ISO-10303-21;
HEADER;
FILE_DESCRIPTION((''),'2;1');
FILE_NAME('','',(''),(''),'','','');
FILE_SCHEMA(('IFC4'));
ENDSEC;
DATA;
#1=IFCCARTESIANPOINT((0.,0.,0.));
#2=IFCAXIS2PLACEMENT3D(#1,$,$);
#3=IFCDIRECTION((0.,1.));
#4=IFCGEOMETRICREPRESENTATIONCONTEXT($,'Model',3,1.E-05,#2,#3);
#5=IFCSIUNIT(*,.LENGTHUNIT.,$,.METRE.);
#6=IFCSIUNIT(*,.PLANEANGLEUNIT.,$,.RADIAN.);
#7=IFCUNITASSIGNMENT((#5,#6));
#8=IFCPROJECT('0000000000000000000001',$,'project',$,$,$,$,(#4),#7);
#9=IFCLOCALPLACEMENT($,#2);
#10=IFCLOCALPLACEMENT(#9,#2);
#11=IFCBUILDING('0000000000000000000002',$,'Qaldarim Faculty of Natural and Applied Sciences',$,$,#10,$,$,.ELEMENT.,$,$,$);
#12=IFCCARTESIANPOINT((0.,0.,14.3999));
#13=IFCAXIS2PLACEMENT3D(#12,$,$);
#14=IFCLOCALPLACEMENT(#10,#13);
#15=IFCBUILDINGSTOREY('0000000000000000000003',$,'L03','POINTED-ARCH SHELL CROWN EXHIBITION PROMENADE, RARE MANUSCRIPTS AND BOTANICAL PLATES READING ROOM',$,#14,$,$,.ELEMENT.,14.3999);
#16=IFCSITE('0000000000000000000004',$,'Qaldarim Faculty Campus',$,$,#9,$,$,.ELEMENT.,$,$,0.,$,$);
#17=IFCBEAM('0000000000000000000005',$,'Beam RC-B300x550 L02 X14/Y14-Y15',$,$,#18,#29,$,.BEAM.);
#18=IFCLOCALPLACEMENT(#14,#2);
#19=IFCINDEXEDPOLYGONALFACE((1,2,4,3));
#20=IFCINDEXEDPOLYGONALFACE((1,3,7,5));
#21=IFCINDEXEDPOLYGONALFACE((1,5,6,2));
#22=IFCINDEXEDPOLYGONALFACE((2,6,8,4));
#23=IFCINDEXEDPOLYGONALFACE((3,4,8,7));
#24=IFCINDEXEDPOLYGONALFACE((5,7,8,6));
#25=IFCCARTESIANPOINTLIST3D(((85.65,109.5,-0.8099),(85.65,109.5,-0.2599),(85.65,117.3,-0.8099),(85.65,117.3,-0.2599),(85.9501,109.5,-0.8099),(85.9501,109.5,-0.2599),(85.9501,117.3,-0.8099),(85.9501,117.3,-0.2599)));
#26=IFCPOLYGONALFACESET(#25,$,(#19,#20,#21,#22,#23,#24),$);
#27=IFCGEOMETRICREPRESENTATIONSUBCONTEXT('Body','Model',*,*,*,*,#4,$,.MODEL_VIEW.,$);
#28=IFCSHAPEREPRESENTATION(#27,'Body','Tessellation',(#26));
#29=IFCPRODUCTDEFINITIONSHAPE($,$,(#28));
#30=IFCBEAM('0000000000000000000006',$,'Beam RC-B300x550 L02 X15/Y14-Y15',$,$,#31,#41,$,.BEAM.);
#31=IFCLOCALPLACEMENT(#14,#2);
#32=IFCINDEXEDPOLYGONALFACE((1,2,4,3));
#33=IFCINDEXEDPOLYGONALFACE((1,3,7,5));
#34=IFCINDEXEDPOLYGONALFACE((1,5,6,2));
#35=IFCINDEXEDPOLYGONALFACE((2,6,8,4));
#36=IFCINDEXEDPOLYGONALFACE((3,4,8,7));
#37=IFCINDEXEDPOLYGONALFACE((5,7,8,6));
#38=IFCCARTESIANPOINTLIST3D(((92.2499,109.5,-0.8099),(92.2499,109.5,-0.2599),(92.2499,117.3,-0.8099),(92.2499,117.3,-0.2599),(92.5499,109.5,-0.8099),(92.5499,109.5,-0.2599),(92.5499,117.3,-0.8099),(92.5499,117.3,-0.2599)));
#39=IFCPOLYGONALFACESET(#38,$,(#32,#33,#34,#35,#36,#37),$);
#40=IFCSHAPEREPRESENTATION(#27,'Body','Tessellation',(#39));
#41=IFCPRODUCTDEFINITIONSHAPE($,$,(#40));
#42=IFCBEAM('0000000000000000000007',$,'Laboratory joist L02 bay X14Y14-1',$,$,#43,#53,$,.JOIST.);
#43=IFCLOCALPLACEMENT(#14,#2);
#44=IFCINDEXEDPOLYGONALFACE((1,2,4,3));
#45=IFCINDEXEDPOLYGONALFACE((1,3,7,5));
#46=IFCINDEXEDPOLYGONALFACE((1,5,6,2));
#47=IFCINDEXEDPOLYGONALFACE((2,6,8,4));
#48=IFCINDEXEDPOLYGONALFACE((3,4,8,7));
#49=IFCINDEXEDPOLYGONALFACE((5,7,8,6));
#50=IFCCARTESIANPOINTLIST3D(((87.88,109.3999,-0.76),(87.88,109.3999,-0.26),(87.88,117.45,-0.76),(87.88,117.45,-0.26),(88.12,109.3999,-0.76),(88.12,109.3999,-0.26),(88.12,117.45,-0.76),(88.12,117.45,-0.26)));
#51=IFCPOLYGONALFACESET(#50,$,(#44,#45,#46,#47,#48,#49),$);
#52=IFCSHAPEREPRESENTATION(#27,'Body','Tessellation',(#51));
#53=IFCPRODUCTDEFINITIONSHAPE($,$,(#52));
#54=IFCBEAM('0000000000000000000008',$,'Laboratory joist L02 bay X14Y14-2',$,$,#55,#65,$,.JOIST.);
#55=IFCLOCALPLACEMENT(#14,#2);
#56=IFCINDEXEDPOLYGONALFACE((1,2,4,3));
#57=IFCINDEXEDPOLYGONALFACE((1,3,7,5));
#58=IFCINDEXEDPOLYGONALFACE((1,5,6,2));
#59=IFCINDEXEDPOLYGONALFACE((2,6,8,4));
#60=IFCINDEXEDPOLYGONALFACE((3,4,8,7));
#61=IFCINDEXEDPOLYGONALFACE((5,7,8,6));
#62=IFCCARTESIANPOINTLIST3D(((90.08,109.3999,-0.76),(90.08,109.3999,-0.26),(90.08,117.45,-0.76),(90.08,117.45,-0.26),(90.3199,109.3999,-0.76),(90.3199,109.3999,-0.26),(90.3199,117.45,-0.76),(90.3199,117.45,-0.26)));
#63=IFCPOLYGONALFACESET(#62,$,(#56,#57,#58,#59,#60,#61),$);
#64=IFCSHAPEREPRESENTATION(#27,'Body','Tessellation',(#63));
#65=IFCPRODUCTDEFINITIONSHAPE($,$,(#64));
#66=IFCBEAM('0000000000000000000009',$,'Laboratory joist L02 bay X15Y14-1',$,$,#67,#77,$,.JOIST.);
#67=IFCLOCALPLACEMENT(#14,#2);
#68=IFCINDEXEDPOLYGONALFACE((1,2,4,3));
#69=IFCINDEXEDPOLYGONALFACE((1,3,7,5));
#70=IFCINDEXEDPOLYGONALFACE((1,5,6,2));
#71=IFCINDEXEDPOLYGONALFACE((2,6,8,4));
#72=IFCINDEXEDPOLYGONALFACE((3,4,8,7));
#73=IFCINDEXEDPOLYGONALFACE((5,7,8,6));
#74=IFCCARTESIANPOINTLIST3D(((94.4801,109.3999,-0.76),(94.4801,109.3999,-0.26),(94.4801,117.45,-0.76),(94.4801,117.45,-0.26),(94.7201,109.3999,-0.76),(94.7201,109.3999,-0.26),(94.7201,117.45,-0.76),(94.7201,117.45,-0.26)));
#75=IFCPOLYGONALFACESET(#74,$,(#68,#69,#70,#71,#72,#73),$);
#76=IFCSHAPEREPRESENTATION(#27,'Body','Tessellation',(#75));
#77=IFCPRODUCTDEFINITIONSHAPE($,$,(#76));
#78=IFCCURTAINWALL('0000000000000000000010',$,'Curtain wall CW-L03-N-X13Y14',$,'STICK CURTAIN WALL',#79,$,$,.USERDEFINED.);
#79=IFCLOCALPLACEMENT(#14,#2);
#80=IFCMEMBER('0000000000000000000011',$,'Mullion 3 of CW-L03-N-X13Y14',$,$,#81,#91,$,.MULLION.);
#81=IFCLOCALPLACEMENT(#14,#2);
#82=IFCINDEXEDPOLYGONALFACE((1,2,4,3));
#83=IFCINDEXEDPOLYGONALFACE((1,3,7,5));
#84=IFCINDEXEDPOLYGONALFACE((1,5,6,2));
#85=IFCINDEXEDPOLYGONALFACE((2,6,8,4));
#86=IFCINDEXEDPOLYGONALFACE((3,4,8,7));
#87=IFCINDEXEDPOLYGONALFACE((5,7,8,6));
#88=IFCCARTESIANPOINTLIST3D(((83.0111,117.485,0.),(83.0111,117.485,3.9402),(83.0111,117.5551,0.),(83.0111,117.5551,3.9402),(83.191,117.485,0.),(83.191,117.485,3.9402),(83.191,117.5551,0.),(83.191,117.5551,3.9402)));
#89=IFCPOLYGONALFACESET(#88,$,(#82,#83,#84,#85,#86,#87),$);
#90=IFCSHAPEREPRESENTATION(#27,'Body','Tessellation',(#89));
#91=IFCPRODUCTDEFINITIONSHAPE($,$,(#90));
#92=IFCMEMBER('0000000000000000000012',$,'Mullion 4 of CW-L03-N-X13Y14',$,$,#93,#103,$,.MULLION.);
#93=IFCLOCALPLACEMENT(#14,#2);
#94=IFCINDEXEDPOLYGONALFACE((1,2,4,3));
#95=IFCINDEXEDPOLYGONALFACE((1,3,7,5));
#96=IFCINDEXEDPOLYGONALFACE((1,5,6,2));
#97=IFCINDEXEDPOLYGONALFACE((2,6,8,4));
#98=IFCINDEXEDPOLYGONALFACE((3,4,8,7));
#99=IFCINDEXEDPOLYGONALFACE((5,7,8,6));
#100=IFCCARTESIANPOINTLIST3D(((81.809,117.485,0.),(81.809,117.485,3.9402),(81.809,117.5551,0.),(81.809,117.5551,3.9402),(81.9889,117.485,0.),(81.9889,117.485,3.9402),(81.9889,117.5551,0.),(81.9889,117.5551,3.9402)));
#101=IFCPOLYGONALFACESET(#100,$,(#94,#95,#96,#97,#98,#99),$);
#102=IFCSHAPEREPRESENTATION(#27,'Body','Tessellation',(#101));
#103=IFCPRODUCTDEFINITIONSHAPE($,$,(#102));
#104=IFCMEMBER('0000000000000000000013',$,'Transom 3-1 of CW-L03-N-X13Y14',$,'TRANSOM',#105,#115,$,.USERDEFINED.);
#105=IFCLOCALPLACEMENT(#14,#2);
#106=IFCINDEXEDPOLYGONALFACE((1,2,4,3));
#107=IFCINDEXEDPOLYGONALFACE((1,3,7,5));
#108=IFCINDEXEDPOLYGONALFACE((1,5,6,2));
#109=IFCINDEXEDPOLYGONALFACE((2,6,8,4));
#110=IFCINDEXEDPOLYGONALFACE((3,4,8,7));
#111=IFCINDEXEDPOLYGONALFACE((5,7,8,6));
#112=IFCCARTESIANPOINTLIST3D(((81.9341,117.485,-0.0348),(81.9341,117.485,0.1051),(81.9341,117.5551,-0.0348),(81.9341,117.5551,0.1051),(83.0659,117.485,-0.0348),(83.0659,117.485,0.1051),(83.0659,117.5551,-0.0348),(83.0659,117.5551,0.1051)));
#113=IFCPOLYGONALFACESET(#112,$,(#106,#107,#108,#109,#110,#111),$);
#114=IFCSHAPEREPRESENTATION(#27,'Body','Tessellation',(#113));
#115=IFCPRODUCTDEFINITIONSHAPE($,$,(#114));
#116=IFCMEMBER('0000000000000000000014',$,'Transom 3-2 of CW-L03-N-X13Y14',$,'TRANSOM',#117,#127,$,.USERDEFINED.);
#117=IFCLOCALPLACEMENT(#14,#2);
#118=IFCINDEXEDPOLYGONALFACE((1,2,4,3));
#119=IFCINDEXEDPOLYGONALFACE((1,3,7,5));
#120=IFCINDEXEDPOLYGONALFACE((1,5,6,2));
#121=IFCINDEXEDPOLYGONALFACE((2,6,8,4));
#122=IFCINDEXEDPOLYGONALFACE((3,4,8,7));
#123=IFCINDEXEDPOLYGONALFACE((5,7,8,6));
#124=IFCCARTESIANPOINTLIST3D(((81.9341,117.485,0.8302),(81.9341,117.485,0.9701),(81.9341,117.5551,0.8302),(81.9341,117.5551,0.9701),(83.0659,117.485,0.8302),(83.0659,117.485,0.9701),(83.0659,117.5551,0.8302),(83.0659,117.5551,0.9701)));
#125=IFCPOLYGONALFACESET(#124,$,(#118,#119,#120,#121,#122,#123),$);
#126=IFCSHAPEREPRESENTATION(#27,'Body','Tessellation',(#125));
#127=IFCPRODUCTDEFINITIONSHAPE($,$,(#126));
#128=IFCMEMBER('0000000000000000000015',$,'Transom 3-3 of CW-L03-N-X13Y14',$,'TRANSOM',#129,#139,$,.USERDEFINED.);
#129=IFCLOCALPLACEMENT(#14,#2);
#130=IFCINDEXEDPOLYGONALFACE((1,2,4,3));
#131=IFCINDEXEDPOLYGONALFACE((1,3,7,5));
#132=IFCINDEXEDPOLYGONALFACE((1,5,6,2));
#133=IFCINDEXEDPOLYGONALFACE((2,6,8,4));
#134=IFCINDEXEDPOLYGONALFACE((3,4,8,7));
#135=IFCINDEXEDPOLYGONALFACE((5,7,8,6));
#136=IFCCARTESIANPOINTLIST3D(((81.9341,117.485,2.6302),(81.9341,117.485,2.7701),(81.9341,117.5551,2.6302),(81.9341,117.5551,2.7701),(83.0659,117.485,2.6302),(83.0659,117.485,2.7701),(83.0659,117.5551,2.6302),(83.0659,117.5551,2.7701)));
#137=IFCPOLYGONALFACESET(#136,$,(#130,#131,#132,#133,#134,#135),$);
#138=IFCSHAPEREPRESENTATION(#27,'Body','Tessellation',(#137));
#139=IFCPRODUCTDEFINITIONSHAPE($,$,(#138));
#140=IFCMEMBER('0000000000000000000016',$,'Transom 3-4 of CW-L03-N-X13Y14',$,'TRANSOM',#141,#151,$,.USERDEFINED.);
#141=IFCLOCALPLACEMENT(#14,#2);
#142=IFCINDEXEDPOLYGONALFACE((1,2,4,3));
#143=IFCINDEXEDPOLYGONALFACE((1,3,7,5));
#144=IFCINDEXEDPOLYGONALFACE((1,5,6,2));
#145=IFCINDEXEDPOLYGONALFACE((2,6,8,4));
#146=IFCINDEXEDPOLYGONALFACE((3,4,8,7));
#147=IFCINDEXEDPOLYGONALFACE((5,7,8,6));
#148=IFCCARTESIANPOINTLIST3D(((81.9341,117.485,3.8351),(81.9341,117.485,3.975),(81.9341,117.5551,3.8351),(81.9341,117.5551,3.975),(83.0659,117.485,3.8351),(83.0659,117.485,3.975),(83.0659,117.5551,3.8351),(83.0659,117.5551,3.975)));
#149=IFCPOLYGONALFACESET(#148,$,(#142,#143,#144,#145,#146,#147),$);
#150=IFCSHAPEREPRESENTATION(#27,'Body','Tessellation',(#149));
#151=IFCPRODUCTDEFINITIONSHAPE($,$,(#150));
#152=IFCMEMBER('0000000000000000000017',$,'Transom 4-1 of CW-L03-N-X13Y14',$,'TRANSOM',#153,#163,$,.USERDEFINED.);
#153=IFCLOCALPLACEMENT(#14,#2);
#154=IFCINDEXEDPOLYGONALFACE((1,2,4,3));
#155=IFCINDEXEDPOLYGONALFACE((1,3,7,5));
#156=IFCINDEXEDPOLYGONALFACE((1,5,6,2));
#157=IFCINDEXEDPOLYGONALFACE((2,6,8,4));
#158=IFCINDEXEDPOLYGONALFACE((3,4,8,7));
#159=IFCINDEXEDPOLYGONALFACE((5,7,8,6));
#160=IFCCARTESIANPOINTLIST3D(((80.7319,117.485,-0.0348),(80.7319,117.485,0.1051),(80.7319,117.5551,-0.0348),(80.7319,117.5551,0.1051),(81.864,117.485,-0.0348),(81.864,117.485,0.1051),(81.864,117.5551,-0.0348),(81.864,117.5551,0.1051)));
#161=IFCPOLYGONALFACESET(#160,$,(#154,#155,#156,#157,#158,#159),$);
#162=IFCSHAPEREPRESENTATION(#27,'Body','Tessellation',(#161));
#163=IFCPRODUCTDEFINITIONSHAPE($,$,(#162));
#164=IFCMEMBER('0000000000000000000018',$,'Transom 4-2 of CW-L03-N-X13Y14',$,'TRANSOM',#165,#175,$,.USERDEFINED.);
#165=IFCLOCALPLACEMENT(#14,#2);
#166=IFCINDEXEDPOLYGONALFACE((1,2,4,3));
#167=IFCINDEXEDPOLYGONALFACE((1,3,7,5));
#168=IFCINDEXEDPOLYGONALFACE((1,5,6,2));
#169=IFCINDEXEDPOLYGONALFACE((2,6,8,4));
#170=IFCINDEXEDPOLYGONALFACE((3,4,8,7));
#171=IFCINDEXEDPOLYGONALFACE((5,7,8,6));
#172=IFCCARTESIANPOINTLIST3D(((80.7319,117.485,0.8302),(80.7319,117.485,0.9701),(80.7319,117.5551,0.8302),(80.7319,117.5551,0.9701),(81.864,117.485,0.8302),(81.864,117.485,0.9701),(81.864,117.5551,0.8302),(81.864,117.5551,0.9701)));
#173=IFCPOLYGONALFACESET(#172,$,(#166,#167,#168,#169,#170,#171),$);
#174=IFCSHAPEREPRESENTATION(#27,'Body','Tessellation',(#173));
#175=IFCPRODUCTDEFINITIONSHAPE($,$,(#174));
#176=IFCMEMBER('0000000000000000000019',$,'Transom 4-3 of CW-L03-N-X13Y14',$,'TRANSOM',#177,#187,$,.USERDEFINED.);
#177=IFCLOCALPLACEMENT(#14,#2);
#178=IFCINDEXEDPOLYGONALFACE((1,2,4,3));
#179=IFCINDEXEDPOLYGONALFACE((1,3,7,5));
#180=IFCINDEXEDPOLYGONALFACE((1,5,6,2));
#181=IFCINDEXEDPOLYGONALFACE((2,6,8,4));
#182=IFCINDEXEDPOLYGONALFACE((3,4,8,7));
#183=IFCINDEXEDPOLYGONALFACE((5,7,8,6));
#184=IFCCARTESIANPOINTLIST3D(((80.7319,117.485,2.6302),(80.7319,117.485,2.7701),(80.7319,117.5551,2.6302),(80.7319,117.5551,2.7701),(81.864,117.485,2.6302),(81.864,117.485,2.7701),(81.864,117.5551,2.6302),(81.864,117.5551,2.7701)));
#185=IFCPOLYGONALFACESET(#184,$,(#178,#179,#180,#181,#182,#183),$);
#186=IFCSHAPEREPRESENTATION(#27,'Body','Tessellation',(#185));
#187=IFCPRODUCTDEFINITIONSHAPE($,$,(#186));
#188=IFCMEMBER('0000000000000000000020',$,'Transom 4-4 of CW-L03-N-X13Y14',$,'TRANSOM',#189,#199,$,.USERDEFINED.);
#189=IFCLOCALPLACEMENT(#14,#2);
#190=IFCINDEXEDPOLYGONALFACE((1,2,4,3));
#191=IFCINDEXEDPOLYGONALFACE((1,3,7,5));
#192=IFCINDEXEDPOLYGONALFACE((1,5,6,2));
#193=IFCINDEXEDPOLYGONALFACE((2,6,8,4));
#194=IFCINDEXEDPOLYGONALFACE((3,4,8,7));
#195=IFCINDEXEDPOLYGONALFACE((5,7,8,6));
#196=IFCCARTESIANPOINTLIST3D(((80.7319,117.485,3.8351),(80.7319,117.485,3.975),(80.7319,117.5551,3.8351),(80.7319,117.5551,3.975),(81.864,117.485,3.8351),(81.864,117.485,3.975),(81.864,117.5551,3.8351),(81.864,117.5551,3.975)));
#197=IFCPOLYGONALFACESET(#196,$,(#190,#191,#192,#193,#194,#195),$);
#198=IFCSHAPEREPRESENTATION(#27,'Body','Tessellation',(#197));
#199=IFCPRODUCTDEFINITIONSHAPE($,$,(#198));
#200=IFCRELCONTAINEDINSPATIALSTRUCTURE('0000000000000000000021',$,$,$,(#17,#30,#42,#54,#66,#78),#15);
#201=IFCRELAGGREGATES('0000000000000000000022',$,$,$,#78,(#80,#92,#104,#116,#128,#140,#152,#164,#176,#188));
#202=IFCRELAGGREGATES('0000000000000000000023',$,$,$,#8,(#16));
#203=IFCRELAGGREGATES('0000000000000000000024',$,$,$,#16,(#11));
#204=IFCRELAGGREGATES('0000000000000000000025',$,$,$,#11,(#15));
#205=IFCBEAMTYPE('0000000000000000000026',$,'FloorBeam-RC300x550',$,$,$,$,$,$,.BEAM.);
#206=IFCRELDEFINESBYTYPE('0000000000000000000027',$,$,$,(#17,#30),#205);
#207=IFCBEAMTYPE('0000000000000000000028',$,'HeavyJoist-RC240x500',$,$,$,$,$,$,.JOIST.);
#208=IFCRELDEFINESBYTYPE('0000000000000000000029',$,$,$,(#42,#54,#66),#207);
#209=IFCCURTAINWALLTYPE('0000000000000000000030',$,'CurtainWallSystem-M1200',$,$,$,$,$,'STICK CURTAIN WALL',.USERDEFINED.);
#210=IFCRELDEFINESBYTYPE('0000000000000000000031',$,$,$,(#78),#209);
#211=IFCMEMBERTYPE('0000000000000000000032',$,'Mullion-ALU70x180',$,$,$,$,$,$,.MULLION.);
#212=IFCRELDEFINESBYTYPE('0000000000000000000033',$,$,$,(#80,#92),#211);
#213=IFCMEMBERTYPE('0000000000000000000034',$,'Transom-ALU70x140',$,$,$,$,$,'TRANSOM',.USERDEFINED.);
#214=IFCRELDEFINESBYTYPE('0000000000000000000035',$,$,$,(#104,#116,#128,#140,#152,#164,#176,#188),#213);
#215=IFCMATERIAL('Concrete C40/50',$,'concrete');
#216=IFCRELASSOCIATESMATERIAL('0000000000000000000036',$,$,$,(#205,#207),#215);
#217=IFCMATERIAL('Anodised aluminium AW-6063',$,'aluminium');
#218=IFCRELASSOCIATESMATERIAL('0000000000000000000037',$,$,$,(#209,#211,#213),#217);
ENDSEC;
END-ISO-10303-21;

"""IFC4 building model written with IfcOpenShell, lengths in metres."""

from ifc_helpers import new_model, si_unit, direction, frame, origin, origin_2d, place, context, subcontext, project, spatial, rectangle, extrude, material, material_profile, profile_set, type_object, element, aggregate, save


model = new_model("IFC4")

# Units and contexts
model_context = context("Model", 3, precision=1e-05, world=origin(), true_north=direction((0.0, 1.0)))
body_context = subcontext(model_context, "Body", "Model", "MODEL_VIEW")
ifc_project = project(units=[si_unit("LENGTHUNIT", "METRE"), si_unit("PLANEANGLEUNIT", "RADIAN")], contexts=[model_context])

# Site, building, storey
site_placement = place(None, origin())
site = spatial("IfcSite", under=ifc_project, at=site_placement, Name="Qaldarim Faculty Campus", CompositionType="ELEMENT", RefElevation=0.0)
building_placement = place(site_placement, origin())
building = spatial("IfcBuilding", under=site, at=building_placement, Name="Qaldarim Faculty of Natural and Applied Sciences", CompositionType="ELEMENT")
storey_placement = place(building_placement, frame((0.0, 0.0, 14.3999)))
storey = spatial("IfcBuildingStorey", under=building, at=storey_placement, Name="L03", Description="POINTED-ARCH SHELL CROWN EXHIBITION PROMENADE, RARE MANUSCRIPTS AND BOTANICAL PLATES READING ROOM", CompositionType="ELEMENT", Elevation=14.3999)

# Beams
ifc_material_1 = material(Name="Concrete C40/50", Category="concrete")
ifc_material_profile_1 = material_profile(ifc_material_1, rectangle(XDim=0.3, YDim=0.55, at=origin_2d()), Name="RC-B300x550")
ifc_profile_set_1 = profile_set([ifc_material_profile_1], Name="Concrete C40/50")
beam_type_1 = type_object("IfcBeamType", Name="FloorBeam-RC300x550", PredefinedType="BEAM", material=ifc_profile_set_1)
for number, where, z_axis, x_axis, name in (
    (1, (85.8, 109.5, -0.5349), (0.0, 1.0, 0.0), (-1.0, 0.0, 0.0), "Beam RC-B300x550 L02 X14/Y14-Y15"),
    (2, (92.3999, 109.5, -0.5349), (0.0, 1.0, 0.0), (-1.0, 0.0, 0.0), "Beam RC-B300x550 L02 X15/Y14-Y15"),
):
    element("IfcBeam", number, at=place(storey_placement, frame(where, z_axis=z_axis, x_axis=x_axis)), inside=storey, type_object=beam_type_1, Name=name, PredefinedType="BEAM", context=body_context, shape_type="SweptSolid", body=[
        extrude(rectangle(XDim=0.3, YDim=0.55, at=origin_2d()), origin(), (0.0, 0.0, 1.0), 7.8),
    ])
ifc_material_profile_2 = material_profile(ifc_material_1, rectangle(XDim=0.24, YDim=0.5, at=origin_2d()), Name="RC-J240x500")
ifc_profile_set_2 = profile_set([ifc_material_profile_2], Name="Concrete C40/50")
beam_type_2 = type_object("IfcBeamType", Name="HeavyJoist-RC240x500", PredefinedType="JOIST", material=ifc_profile_set_2)
for number, where, z_axis, x_axis, name in (
    (3, (88.0, 109.3999, -0.51), (0.0, 1.0, 0.0), (-1.0, 0.0, 0.0), "Laboratory joist L02 bay X14Y14-1"),
    (4, (90.2, 109.3999, -0.51), (0.0, 1.0, 0.0), (-1.0, 0.0, 0.0), "Laboratory joist L02 bay X14Y14-2"),
    (5, (94.6001, 109.3999, -0.51), (0.0, 1.0, 0.0), (-1.0, 0.0, 0.0), "Laboratory joist L02 bay X15Y14-1"),
):
    element("IfcBeam", number, at=place(storey_placement, frame(where, z_axis=z_axis, x_axis=x_axis)), inside=storey, type_object=beam_type_2, Name=name, PredefinedType="JOIST", context=body_context, shape_type="SweptSolid", body=[
        extrude(rectangle(XDim=0.24, YDim=0.5, at=origin_2d()), origin(), (0.0, 0.0, 1.0), 8.05),
    ])

# Curtain wall, members
ifc_material_2 = material(Name="Anodised aluminium AW-6063", Category="aluminium")
curtain_wall_type = type_object("IfcCurtainWallType", Name="CurtainWallSystem-M1200", ElementType="STICK CURTAIN WALL", PredefinedType="USERDEFINED", material=ifc_material_2)
curtain_wall_placement = place(storey_placement, origin())
curtain_wall = element("IfcCurtainWall", 6, at=curtain_wall_placement, inside=storey, type_object=curtain_wall_type, Name="Curtain wall CW-L03-N-X13Y14", ObjectType="STICK CURTAIN WALL", PredefinedType="USERDEFINED")
ifc_material_profile_3 = material_profile(ifc_material_2, rectangle(XDim=0.0701, YDim=0.1799, at=origin_2d()), Name="ALU-M70x180")
ifc_profile_set_3 = profile_set([ifc_material_profile_3], Name="Anodised aluminium AW-6063")
member_type_1 = type_object("IfcMemberType", Name="Mullion-ALU70x180", PredefinedType="MULLION", material=ifc_profile_set_3)
member_1_placement = place(storey_placement, frame((83.1011, 117.52, 0.0), z_axis=(0.0, 0.0, 1.0), x_axis=(0.0, -1.0, 0.0)))
member_1 = element("IfcMember", 7, at=member_1_placement, type_object=member_type_1, Name="Mullion 3 of CW-L03-N-X13Y14", PredefinedType="MULLION", context=body_context, shape_type="SweptSolid", body=[
    extrude(rectangle(XDim=0.0701, YDim=0.1799, at=origin_2d()), origin(), (0.0, 0.0, 1.0), 3.9402),
])
member_2_placement = place(storey_placement, frame((81.8989, 117.52, 0.0), z_axis=(0.0, 0.0, 1.0), x_axis=(0.0, -1.0, 0.0)))
member_2 = element("IfcMember", 8, at=member_2_placement, type_object=member_type_1, Name="Mullion 4 of CW-L03-N-X13Y14", PredefinedType="MULLION", context=body_context, shape_type="SweptSolid", body=[
    extrude(rectangle(XDim=0.0701, YDim=0.1799, at=origin_2d()), origin(), (0.0, 0.0, 1.0), 3.9402),
])
ifc_material_profile_4 = material_profile(ifc_material_2, rectangle(XDim=0.0701, YDim=0.1399, at=origin_2d()), Name="ALU-T70x140")
ifc_profile_set_4 = profile_set([ifc_material_profile_4], Name="Anodised aluminium AW-6063")
member_type_2 = type_object("IfcMemberType", Name="Transom-ALU70x140", ElementType="TRANSOM", PredefinedType="USERDEFINED", material=ifc_profile_set_4)
member_3_placement = place(storey_placement, frame((83.0659, 117.52, 0.0352), z_axis=(-1.0, 0.0, 0.0), x_axis=(0.0, -1.0, 0.0)))
member_3 = element("IfcMember", 9, at=member_3_placement, type_object=member_type_2, Name="Transom 3-1 of CW-L03-N-X13Y14", ObjectType="TRANSOM", PredefinedType="USERDEFINED", context=body_context, shape_type="SweptSolid", body=[
    extrude(rectangle(XDim=0.0701, YDim=0.1399, at=origin_2d()), origin(), (0.0, 0.0, 1.0), 1.1318),
])
member_4_placement = place(storey_placement, frame((83.0659, 117.52, 0.9001), z_axis=(-1.0, 0.0, 0.0), x_axis=(0.0, -1.0, 0.0)))
member_4 = element("IfcMember", 10, at=member_4_placement, type_object=member_type_2, Name="Transom 3-2 of CW-L03-N-X13Y14", ObjectType="TRANSOM", PredefinedType="USERDEFINED", context=body_context, shape_type="SweptSolid", body=[
    extrude(rectangle(XDim=0.0701, YDim=0.1399, at=origin_2d()), origin(), (0.0, 0.0, 1.0), 1.1318),
])
member_5_placement = place(storey_placement, frame((83.0659, 117.52, 2.7002), z_axis=(-1.0, 0.0, 0.0), x_axis=(0.0, -1.0, 0.0)))
member_5 = element("IfcMember", 11, at=member_5_placement, type_object=member_type_2, Name="Transom 3-3 of CW-L03-N-X13Y14", ObjectType="TRANSOM", PredefinedType="USERDEFINED", context=body_context, shape_type="SweptSolid", body=[
    extrude(rectangle(XDim=0.0701, YDim=0.1399, at=origin_2d()), origin(), (0.0, 0.0, 1.0), 1.1318),
])
member_6_placement = place(storey_placement, frame((83.0659, 117.52, 3.905), z_axis=(-1.0, 0.0, 0.0), x_axis=(0.0, -1.0, 0.0)))
member_6 = element("IfcMember", 12, at=member_6_placement, type_object=member_type_2, Name="Transom 3-4 of CW-L03-N-X13Y14", ObjectType="TRANSOM", PredefinedType="USERDEFINED", context=body_context, shape_type="SweptSolid", body=[
    extrude(rectangle(XDim=0.0701, YDim=0.1399, at=origin_2d()), origin(), (0.0, 0.0, 1.0), 1.1318),
])
member_7_placement = place(storey_placement, frame((81.864, 117.52, 0.0352), z_axis=(-1.0, 0.0, 0.0), x_axis=(0.0, -1.0, 0.0)))
member_7 = element("IfcMember", 13, at=member_7_placement, type_object=member_type_2, Name="Transom 4-1 of CW-L03-N-X13Y14", ObjectType="TRANSOM", PredefinedType="USERDEFINED", context=body_context, shape_type="SweptSolid", body=[
    extrude(rectangle(XDim=0.0701, YDim=0.1399, at=origin_2d()), origin(), (0.0, 0.0, 1.0), 1.1321),
])
member_8_placement = place(storey_placement, frame((81.864, 117.52, 0.9001), z_axis=(-1.0, 0.0, 0.0), x_axis=(0.0, -1.0, 0.0)))
member_8 = element("IfcMember", 14, at=member_8_placement, type_object=member_type_2, Name="Transom 4-2 of CW-L03-N-X13Y14", ObjectType="TRANSOM", PredefinedType="USERDEFINED", context=body_context, shape_type="SweptSolid", body=[
    extrude(rectangle(XDim=0.0701, YDim=0.1399, at=origin_2d()), origin(), (0.0, 0.0, 1.0), 1.1321),
])
member_9_placement = place(storey_placement, frame((81.864, 117.52, 2.7002), z_axis=(-1.0, 0.0, 0.0), x_axis=(0.0, -1.0, 0.0)))
member_9 = element("IfcMember", 15, at=member_9_placement, type_object=member_type_2, Name="Transom 4-3 of CW-L03-N-X13Y14", ObjectType="TRANSOM", PredefinedType="USERDEFINED", context=body_context, shape_type="SweptSolid", body=[
    extrude(rectangle(XDim=0.0701, YDim=0.1399, at=origin_2d()), origin(), (0.0, 0.0, 1.0), 1.1321),
])
member_10_placement = place(storey_placement, frame((81.864, 117.52, 3.905), z_axis=(-1.0, 0.0, 0.0), x_axis=(0.0, -1.0, 0.0)))
member_10 = element("IfcMember", 16, at=member_10_placement, type_object=member_type_2, Name="Transom 4-4 of CW-L03-N-X13Y14", ObjectType="TRANSOM", PredefinedType="USERDEFINED", context=body_context, shape_type="SweptSolid", body=[
    extrude(rectangle(XDim=0.0701, YDim=0.1399, at=origin_2d()), origin(), (0.0, 0.0, 1.0), 1.1321),
])
aggregate(curtain_wall, [member_1, member_2, member_3, member_4, member_5, member_6, member_7, member_8, member_9, member_10])

save(model, "model.ifc")
